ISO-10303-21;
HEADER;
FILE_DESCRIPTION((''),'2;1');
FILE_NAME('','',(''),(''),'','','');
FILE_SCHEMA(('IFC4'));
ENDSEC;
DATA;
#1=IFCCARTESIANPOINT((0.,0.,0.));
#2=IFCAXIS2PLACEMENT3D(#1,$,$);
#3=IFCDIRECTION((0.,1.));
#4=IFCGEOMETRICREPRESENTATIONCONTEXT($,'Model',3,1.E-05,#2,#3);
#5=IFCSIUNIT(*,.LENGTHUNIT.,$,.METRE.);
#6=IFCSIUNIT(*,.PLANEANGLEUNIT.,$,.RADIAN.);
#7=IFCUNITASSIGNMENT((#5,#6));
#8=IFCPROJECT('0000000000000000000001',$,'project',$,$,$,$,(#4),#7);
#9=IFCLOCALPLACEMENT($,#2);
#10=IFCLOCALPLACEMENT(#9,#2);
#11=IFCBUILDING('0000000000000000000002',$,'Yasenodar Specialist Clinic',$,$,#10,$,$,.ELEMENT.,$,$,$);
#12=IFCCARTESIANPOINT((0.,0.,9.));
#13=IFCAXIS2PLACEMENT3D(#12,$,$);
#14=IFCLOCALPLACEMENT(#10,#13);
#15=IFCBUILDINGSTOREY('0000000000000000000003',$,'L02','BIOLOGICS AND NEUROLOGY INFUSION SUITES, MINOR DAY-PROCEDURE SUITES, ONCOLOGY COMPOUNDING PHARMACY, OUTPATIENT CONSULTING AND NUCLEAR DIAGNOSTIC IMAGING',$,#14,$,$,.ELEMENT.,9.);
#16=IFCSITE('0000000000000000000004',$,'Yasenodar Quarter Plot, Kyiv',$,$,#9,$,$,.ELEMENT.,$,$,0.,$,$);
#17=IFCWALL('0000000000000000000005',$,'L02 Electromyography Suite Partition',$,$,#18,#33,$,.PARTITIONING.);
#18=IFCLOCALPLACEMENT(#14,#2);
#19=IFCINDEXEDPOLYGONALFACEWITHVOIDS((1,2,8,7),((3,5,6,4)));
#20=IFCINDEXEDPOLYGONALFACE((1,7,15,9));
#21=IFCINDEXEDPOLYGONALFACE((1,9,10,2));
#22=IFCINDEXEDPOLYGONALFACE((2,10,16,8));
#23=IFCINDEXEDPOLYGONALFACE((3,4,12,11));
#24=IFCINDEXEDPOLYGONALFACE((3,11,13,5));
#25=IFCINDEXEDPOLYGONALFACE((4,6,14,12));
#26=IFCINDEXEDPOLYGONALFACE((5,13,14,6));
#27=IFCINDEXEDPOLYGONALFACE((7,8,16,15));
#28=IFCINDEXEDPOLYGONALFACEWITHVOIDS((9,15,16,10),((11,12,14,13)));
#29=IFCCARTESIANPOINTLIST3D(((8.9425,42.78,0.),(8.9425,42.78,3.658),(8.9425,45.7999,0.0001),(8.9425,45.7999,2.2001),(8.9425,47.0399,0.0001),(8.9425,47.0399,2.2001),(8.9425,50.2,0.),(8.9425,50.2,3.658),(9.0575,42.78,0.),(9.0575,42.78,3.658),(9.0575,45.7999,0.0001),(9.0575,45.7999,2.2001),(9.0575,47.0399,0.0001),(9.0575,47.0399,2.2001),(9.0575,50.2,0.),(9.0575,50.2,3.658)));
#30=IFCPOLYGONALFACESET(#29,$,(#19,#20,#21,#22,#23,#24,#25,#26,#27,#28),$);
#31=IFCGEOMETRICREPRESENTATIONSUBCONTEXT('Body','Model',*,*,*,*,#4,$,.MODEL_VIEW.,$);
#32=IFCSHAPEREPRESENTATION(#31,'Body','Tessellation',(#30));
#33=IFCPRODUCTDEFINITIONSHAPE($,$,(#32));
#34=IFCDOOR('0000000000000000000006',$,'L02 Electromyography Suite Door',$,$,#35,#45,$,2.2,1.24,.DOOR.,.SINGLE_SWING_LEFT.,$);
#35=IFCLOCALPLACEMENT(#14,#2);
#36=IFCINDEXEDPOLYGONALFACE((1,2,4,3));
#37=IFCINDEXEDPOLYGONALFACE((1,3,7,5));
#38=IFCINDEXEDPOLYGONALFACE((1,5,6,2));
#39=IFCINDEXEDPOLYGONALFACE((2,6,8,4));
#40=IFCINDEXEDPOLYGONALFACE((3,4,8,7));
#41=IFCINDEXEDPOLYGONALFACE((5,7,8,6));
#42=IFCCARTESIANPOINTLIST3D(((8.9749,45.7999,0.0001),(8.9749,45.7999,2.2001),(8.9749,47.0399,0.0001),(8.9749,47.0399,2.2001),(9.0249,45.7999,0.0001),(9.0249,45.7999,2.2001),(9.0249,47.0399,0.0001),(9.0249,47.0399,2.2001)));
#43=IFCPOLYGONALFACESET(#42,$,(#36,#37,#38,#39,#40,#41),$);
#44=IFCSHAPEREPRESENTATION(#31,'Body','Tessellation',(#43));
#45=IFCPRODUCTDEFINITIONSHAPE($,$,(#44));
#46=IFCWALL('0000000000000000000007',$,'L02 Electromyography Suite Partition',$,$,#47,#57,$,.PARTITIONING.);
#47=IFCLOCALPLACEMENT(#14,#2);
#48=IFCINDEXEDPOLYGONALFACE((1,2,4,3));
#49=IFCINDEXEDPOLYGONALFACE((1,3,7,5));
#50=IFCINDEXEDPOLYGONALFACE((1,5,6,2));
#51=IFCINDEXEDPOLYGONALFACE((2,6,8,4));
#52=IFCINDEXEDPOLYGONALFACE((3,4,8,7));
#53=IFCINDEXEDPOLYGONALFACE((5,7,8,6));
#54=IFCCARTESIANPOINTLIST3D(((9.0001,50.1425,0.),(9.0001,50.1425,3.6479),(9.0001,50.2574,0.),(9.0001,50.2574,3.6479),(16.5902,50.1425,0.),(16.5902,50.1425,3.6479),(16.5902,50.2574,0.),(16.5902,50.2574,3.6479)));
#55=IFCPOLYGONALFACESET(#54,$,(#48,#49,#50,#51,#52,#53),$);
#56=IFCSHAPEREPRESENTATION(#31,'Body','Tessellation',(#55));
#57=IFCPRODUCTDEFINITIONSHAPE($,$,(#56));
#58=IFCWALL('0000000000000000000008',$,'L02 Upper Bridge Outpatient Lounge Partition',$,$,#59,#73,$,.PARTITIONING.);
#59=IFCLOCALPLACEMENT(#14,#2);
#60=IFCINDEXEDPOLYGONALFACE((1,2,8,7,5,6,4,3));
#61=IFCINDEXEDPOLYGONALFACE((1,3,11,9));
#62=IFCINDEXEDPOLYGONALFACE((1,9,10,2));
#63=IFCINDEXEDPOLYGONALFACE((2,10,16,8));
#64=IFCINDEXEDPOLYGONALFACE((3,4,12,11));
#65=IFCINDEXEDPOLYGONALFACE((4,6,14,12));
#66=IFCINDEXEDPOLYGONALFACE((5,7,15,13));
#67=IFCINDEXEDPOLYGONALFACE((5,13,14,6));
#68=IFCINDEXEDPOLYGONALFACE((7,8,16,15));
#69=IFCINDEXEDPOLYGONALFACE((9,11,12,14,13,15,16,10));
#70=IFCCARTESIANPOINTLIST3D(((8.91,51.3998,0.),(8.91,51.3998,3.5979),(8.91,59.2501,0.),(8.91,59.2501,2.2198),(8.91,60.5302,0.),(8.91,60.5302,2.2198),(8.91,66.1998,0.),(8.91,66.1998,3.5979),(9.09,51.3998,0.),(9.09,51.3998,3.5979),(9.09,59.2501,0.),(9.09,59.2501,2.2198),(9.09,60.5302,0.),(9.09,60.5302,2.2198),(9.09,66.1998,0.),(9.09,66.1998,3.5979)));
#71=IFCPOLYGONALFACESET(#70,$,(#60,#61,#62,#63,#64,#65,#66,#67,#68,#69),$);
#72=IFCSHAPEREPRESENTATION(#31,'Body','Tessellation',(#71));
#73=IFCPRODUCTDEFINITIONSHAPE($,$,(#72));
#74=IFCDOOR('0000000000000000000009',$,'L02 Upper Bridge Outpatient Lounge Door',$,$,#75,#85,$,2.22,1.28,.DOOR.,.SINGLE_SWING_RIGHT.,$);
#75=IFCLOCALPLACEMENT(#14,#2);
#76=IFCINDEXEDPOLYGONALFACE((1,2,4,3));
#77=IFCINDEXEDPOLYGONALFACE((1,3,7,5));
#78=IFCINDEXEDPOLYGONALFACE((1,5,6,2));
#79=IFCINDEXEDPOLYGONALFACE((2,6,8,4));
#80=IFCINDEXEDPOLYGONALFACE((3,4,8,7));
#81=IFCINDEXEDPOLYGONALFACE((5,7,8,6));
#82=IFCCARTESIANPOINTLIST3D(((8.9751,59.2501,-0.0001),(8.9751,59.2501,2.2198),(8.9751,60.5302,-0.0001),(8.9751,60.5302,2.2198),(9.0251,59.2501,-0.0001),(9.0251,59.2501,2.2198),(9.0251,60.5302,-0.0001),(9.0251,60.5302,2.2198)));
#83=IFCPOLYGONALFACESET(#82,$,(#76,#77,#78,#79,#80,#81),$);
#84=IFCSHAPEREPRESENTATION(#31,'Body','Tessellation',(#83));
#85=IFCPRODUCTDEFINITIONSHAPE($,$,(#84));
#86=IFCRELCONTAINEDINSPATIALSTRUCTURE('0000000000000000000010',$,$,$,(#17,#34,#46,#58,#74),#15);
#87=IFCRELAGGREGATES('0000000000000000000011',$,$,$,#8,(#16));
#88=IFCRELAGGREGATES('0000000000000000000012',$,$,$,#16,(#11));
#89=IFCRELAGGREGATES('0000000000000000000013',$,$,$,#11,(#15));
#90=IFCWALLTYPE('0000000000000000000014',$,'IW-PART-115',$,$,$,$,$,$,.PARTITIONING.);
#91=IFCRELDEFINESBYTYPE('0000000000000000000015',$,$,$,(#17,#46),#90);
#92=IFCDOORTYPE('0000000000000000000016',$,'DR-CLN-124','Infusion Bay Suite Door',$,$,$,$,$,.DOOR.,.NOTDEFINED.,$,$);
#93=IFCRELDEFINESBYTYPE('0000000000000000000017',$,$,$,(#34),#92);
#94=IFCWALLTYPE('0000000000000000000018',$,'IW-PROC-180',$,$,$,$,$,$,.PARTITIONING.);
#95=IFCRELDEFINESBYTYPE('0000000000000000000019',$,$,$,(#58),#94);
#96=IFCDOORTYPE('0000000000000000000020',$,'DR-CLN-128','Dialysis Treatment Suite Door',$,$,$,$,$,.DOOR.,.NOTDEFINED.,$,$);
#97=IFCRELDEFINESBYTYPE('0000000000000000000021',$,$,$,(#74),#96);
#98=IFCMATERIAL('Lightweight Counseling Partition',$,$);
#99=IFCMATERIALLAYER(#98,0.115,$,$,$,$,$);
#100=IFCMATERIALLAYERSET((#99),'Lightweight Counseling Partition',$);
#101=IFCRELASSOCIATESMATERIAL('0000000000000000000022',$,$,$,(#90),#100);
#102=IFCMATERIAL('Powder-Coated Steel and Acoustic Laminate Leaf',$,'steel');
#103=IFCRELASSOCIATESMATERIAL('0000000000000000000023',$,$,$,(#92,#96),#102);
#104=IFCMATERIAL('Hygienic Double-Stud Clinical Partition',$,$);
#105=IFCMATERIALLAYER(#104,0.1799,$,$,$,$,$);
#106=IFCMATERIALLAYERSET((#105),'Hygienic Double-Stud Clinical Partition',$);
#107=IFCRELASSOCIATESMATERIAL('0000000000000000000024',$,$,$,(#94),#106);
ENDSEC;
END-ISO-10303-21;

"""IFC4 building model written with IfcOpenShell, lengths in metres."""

from ifc_helpers import new_model, si_unit, direction, frame, frame_2d, origin, place, context, subcontext, project, spatial, rectangle, extrude, material, layer, layer_set, type_object, element, fill, save


model = new_model("IFC4")

# Units and contexts
model_context = context("Model", 3, precision=1e-05, world=origin(), true_north=direction((0.0, 1.0)))
body_context = subcontext(model_context, "Body", "Model", "MODEL_VIEW")
ifc_project = project(units=[si_unit("LENGTHUNIT", "METRE"), si_unit("PLANEANGLEUNIT", "RADIAN")], contexts=[model_context])

# Site, building, storey
site_placement = place(None, origin())
site = spatial("IfcSite", under=ifc_project, at=site_placement, Name="Yasenodar Quarter Plot, Kyiv", CompositionType="ELEMENT", RefElevation=0.0)
building_placement = place(site_placement, origin())
building = spatial("IfcBuilding", under=site, at=building_placement, Name="Yasenodar Specialist Clinic", CompositionType="ELEMENT")
storey_placement = place(building_placement, frame((0.0, 0.0, 9.0)))
storey = spatial("IfcBuildingStorey", under=building, at=storey_placement, Name="L02", Description="BIOLOGICS AND NEUROLOGY INFUSION SUITES, MINOR DAY-PROCEDURE SUITES, ONCOLOGY COMPOUNDING PHARMACY, OUTPATIENT CONSULTING AND NUCLEAR DIAGNOSTIC IMAGING", CompositionType="ELEMENT", Elevation=9.0)

# Wall, opening, door
ifc_material_1 = material(Name="Lightweight Counseling Partition")
ifc_layer_1 = layer(ifc_material_1, 0.115)
ifc_layer_set_1 = layer_set([ifc_layer_1], Name="Lightweight Counseling Partition")
wall_type_1 = type_object("IfcWallType", Name="IW-PART-115", PredefinedType="PARTITIONING", material=ifc_layer_set_1)
wall_1_placement = place(storey_placement, frame((9.0, 50.2, 0.0), z_axis=(0.0, 0.0, 1.0), x_axis=(0.0, -1.0, 0.0)))
wall_1 = element("IfcWall", 1, at=wall_1_placement, inside=storey, type_object=wall_type_1, Name="L02 Electromyography Suite Partition", PredefinedType="PARTITIONING", context=body_context, shape_type="SweptSolid", body=[
    extrude(rectangle(XDim=7.4199, YDim=0.115, at=frame_2d((3.71, 0.0))), origin(), (0.0, 0.0, 1.0), 3.658),
])
opening_1_placement = place(wall_1_placement, frame((3.1599, 0.0, 0.0)))
opening_1 = element("IfcOpeningElement", 2, at=opening_1_placement, cuts=wall_1, PredefinedType="OPENING", context=body_context, shape_type="SweptSolid", body=[
    extrude(rectangle(XDim=1.24, YDim=2.2, at=frame_2d((0.6201, 1.1001))), frame((0.0, 0.0674, 0.0), z_axis=(0.0, -1.0, 0.0), x_axis=(1.0, 0.0, 0.0)), (0.0, 0.0, 1.0), 0.135),
])
ifc_material_2 = material(Name="Powder-Coated Steel and Acoustic Laminate Leaf", Category="steel")
door_type_1 = type_object("IfcDoorType", Name="DR-CLN-124", Description="Infusion Bay Suite Door", OperationType="NOTDEFINED", PredefinedType="DOOR", material=ifc_material_2)
door_1_placement = place(opening_1_placement, origin())
door_1 = element("IfcDoor", 3, at=door_1_placement, inside=storey, type_object=door_type_1, Name="L02 Electromyography Suite Door", OperationType="SINGLE_SWING_LEFT", OverallHeight=2.2, OverallWidth=1.24, PredefinedType="DOOR", context=body_context, shape_type="SweptSolid", body=[
    extrude(rectangle(XDim=1.24, YDim=2.2, at=frame_2d((0.6201, 1.1001))), frame((0.0, 0.0249, 0.0), z_axis=(0.0, -1.0, 0.0), x_axis=(1.0, 0.0, 0.0)), (0.0, 0.0, 1.0), 0.05),
])
fill(opening_1, door_1)

# Wall
wall_2_placement = place(storey_placement, frame((16.5901, 50.2, 0.0), z_axis=(0.0, 0.0, 1.0), x_axis=(-1.0, 0.0, 0.0)))
element("IfcWall", 4, at=wall_2_placement, inside=storey, type_object=wall_type_1, Name="L02 Electromyography Suite Partition", PredefinedType="PARTITIONING", context=body_context, shape_type="SweptSolid", body=[
    extrude(rectangle(XDim=7.5901, YDim=0.115, at=frame_2d((3.7949, 0.0))), origin(), (0.0, 0.0, 1.0), 3.6479),
])

# Wall, opening, door
ifc_material_3 = material(Name="Hygienic Double-Stud Clinical Partition")
ifc_layer_2 = layer(ifc_material_3, 0.1799)
ifc_layer_set_2 = layer_set([ifc_layer_2], Name="Hygienic Double-Stud Clinical Partition")
wall_type_2 = type_object("IfcWallType", Name="IW-PROC-180", PredefinedType="PARTITIONING", material=ifc_layer_set_2)
wall_3_placement = place(storey_placement, frame((9.0, 51.3999, 0.0), z_axis=(0.0, 0.0, 1.0), x_axis=(0.0, 1.0, 0.0)))
wall_3 = element("IfcWall", 5, at=wall_3_placement, inside=storey, type_object=wall_type_2, Name="L02 Upper Bridge Outpatient Lounge Partition", PredefinedType="PARTITIONING", context=body_context, shape_type="SweptSolid", body=[
    extrude(rectangle(XDim=14.8, YDim=0.1799, at=frame_2d((7.3999, 0.0))), origin(), (0.0, 0.0, 1.0), 3.5979),
])
opening_2_placement = place(wall_3_placement, frame((7.8501, 0.0, 0.0)))
opening_2 = element("IfcOpeningElement", 6, at=opening_2_placement, cuts=wall_3, PredefinedType="OPENING", context=body_context, shape_type="SweptSolid", body=[
    extrude(rectangle(XDim=1.28, YDim=2.22, at=frame_2d((0.6401, 1.1099))), frame((0.0, 0.1001, 0.0), z_axis=(0.0, -1.0, 0.0), x_axis=(1.0, 0.0, 0.0)), (0.0, 0.0, 1.0), 0.2),
])
door_type_2 = type_object("IfcDoorType", Name="DR-CLN-128", Description="Dialysis Treatment Suite Door", OperationType="NOTDEFINED", PredefinedType="DOOR", material=ifc_material_2)
door_2_placement = place(opening_2_placement, origin())
door_2 = element("IfcDoor", 7, at=door_2_placement, inside=storey, type_object=door_type_2, Name="L02 Upper Bridge Outpatient Lounge Door", OperationType="SINGLE_SWING_RIGHT", OverallHeight=2.22, OverallWidth=1.28, PredefinedType="DOOR", context=body_context, shape_type="SweptSolid", body=[
    extrude(rectangle(XDim=1.28, YDim=2.22, at=frame_2d((0.6401, 1.1099))), frame((0.0, 0.0249, 0.0), z_axis=(0.0, -1.0, 0.0), x_axis=(1.0, 0.0, 0.0)), (0.0, 0.0, 1.0), 0.05),
])
fill(opening_2, door_2)

save(model, "model.ifc")
